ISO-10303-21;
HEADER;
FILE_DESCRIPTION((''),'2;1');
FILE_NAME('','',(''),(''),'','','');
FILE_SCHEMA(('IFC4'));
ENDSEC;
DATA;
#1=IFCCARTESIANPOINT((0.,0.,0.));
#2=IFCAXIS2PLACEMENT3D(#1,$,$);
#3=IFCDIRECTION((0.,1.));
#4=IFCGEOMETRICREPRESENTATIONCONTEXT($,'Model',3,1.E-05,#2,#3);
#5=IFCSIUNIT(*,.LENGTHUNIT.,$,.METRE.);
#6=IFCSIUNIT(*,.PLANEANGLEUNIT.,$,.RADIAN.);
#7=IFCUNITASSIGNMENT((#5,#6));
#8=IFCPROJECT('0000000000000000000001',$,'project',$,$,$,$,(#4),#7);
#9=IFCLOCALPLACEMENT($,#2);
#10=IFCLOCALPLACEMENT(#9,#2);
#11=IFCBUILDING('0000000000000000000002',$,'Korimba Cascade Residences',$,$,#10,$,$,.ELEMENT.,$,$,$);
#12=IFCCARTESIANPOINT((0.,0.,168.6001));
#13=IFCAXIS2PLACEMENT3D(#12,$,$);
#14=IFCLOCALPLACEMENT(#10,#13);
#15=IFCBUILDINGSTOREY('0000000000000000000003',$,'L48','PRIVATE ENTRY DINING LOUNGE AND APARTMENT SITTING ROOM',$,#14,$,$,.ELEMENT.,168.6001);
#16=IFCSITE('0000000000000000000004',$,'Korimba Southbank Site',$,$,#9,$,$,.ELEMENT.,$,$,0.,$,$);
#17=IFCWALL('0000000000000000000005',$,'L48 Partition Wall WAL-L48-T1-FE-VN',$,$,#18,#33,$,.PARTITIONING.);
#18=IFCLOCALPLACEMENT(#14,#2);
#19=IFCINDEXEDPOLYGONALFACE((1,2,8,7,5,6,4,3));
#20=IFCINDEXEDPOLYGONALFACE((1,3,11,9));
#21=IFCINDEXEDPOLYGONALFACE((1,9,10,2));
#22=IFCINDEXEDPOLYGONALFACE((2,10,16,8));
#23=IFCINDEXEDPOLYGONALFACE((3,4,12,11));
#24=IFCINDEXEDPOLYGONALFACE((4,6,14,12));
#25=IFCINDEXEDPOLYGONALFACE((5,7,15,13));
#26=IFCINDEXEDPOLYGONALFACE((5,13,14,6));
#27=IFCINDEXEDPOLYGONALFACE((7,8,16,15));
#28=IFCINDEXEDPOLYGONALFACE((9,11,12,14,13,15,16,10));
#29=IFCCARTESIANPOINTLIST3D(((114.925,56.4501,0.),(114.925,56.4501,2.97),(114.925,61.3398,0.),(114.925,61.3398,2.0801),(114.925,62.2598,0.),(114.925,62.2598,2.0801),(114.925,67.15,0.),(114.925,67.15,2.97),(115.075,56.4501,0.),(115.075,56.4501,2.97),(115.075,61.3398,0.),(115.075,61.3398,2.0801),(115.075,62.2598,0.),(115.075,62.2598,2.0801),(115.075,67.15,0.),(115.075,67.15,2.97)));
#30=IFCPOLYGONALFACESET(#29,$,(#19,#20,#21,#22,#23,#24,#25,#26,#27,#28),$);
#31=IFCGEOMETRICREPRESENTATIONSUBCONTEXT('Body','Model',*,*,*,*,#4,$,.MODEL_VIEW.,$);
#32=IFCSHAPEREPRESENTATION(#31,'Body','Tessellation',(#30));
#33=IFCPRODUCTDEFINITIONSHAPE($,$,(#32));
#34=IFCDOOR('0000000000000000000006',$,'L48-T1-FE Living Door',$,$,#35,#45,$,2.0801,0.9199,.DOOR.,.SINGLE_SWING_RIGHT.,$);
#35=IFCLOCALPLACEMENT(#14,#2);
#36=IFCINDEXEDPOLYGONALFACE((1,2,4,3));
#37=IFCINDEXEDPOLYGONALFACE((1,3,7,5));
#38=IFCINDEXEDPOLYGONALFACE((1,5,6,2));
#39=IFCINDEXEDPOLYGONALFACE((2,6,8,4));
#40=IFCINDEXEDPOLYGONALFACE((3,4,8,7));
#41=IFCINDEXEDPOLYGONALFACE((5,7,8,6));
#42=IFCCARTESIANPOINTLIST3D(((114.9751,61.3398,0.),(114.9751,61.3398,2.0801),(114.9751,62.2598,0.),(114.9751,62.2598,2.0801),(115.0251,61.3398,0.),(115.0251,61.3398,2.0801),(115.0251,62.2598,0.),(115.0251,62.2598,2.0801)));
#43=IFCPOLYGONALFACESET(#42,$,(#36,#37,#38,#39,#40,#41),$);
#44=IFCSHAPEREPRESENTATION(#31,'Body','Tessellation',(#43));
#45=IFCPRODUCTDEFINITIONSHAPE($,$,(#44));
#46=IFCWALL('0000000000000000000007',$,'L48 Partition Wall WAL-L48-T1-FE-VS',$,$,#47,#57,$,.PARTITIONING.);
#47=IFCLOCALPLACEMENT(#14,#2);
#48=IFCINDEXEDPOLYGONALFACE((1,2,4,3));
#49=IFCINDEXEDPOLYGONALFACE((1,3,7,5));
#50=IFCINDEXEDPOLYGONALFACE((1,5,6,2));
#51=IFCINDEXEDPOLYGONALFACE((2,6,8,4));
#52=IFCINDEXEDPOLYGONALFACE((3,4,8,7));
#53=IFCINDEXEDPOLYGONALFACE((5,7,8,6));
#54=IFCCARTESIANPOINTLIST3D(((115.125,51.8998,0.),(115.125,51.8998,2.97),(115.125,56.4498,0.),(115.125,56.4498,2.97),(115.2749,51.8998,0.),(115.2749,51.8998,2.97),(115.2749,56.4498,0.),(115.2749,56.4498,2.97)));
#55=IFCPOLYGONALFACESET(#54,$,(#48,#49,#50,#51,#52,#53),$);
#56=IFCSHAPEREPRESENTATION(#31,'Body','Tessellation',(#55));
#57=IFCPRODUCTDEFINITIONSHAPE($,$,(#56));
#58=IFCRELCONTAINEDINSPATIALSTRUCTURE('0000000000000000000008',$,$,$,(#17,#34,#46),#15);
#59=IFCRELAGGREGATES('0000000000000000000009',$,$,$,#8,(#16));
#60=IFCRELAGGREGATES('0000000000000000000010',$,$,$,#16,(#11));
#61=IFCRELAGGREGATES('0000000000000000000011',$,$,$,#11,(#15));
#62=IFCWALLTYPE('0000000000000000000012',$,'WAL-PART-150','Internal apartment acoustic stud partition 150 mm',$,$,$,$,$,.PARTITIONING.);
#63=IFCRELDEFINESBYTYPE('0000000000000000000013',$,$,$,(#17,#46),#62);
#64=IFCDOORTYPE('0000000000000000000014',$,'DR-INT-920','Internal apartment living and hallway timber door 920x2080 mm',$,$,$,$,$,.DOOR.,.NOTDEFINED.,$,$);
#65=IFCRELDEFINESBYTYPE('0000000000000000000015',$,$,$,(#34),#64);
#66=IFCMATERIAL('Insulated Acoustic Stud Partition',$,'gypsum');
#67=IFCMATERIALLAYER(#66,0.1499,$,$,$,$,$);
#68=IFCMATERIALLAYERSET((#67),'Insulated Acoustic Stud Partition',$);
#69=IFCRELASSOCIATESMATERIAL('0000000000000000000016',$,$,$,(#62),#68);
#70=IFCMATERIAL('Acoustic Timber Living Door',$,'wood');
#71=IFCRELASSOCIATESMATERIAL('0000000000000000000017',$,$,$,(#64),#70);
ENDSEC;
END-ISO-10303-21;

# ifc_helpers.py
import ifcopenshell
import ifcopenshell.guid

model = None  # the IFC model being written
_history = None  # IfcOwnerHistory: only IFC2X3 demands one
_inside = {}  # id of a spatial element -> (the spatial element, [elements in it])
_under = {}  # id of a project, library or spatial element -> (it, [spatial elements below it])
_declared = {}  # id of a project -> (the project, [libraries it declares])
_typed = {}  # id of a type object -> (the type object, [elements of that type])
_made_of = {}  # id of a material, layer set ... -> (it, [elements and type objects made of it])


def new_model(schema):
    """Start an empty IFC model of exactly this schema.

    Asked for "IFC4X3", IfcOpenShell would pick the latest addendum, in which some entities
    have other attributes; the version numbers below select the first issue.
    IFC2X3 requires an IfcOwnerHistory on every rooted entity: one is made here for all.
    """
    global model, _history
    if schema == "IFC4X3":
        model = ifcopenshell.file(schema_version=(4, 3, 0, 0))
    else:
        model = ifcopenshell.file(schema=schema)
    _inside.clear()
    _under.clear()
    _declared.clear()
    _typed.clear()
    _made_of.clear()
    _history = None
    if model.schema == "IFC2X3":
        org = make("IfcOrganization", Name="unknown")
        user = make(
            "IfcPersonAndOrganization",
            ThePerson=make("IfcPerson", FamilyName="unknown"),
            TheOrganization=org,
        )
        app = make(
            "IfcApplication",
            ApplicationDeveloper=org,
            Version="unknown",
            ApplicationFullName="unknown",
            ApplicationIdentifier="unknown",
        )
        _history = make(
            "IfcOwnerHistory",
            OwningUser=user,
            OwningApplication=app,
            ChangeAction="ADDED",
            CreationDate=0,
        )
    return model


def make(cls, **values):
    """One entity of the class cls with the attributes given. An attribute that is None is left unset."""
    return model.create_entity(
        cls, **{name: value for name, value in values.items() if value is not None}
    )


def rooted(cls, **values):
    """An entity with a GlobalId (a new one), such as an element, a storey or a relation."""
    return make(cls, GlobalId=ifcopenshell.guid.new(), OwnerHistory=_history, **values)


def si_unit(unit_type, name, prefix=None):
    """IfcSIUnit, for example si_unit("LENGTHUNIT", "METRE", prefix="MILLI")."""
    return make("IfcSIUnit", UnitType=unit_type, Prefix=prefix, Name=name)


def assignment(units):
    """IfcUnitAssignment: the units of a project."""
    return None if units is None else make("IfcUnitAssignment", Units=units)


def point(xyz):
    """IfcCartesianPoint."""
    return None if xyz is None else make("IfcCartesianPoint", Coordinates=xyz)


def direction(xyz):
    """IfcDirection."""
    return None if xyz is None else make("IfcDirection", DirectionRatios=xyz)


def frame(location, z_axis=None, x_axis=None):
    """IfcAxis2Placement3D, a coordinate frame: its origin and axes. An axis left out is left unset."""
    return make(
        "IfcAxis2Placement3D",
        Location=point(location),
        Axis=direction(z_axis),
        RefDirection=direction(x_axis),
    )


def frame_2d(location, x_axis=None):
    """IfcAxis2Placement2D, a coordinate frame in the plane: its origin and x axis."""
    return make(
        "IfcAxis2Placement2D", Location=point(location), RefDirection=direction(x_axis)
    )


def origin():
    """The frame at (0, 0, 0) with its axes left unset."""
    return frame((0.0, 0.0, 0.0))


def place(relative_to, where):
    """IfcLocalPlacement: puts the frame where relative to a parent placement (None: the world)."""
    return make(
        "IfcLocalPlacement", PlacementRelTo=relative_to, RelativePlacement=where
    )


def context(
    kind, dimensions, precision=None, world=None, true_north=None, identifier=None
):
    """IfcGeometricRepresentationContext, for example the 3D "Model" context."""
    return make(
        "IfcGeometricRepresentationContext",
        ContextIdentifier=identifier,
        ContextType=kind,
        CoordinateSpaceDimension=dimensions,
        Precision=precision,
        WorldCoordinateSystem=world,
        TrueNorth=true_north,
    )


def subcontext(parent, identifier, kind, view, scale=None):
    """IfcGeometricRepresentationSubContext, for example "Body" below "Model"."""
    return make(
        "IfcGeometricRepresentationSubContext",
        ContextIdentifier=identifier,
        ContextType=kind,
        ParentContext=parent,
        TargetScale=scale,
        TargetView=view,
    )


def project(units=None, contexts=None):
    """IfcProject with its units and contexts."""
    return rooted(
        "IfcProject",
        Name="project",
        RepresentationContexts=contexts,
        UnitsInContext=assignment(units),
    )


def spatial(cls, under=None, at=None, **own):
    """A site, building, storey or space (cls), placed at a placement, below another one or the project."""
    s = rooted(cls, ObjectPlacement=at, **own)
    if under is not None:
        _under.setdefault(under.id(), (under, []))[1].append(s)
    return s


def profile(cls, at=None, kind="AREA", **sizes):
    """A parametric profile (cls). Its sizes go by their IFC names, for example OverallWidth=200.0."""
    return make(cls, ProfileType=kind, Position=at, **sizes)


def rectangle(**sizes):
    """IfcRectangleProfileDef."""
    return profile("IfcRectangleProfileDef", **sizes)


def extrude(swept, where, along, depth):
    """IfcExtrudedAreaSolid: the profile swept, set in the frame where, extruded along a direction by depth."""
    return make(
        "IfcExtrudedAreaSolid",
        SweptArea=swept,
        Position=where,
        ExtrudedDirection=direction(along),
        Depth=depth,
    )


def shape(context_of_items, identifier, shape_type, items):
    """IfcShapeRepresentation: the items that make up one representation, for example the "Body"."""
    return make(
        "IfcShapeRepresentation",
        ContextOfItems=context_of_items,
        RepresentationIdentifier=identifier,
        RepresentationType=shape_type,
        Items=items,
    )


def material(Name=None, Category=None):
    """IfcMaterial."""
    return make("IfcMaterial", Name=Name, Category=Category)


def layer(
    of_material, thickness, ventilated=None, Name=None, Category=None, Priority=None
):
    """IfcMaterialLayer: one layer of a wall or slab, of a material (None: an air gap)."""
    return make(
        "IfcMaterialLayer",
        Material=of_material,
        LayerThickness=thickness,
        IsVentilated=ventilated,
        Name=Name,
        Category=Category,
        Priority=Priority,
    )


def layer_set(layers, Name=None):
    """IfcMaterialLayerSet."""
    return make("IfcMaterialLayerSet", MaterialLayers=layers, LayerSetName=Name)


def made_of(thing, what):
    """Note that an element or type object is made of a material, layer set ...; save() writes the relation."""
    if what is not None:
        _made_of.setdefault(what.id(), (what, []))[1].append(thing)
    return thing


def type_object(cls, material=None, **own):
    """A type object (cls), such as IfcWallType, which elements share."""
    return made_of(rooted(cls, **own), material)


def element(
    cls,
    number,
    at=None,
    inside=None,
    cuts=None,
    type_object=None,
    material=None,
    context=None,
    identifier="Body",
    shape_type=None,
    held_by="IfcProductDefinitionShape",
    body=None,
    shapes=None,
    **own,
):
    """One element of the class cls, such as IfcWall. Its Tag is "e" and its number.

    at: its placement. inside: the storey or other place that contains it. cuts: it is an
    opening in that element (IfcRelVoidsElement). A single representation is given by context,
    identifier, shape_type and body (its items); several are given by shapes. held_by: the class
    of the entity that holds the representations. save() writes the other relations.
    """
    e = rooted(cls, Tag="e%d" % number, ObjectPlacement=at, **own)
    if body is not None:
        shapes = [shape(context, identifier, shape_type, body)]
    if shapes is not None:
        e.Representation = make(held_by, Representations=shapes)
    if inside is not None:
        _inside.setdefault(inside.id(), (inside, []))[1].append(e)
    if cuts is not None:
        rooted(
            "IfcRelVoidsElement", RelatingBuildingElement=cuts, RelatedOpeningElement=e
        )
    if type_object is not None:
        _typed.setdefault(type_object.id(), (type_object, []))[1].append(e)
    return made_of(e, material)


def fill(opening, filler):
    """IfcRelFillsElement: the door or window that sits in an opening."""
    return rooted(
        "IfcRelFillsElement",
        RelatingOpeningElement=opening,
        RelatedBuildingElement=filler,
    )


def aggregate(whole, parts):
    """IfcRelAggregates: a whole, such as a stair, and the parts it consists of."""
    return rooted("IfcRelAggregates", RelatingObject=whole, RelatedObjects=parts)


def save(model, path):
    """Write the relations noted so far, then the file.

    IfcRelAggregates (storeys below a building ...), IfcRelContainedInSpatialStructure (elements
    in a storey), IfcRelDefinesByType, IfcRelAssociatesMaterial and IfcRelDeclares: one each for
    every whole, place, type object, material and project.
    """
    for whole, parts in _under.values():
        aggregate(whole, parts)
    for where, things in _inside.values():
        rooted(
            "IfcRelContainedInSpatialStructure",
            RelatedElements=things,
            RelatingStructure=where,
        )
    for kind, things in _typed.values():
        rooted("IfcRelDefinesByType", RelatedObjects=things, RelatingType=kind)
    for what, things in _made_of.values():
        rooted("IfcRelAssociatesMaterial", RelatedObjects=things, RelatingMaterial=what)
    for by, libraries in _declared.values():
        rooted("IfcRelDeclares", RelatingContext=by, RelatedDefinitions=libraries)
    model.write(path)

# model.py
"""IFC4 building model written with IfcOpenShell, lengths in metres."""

from ifc_helpers import new_model, si_unit, direction, frame, frame_2d, origin, place, context, subcontext, project, spatial, rectangle, extrude, material, layer, layer_set, type_object, element, fill, save


model = new_model("IFC4")

# Units and contexts
model_context = context("Model", 3, precision=1e-05, world=origin(), true_north=direction((0.0, 1.0)))
body_context = subcontext(model_context, "Body", "Model", "MODEL_VIEW")
ifc_project = project(units=[si_unit("LENGTHUNIT", "METRE"), si_unit("PLANEANGLEUNIT", "RADIAN")], contexts=[model_context])

# Site, building, storey
site_placement = place(None, origin())
site = spatial("IfcSite", under=ifc_project, at=site_placement, Name="Korimba Southbank Site", CompositionType="ELEMENT", RefElevation=0.0)
building_placement = place(site_placement, origin())
building = spatial("IfcBuilding", under=site, at=building_placement, Name="Korimba Cascade Residences", CompositionType="ELEMENT")
storey_placement = place(building_placement, frame((0.0, 0.0, 168.6001)))
storey = spatial("IfcBuildingStorey", under=building, at=storey_placement, Name="L48", Description="PRIVATE ENTRY DINING LOUNGE AND APARTMENT SITTING ROOM", CompositionType="ELEMENT", Elevation=168.6001)

# Wall, opening, door
ifc_material_1 = material(Name="Insulated Acoustic Stud Partition", Category="gypsum")
ifc_layer_1 = layer(ifc_material_1, 0.1499)
ifc_layer_set_1 = layer_set([ifc_layer_1], Name="Insulated Acoustic Stud Partition")
wall_type_1 = type_object("IfcWallType", Name="WAL-PART-150", Description="Internal apartment acoustic stud partition 150 mm", PredefinedType="PARTITIONING", material=ifc_layer_set_1)
wall_1_placement = place(storey_placement, frame((115.0, 56.45, 0.0), z_axis=(0.0, 0.0, 1.0), x_axis=(0.0, 1.0, 0.0)))
wall_1 = element("IfcWall", 1, at=wall_1_placement, inside=storey, type_object=wall_type_1, Name="L48 Partition Wall WAL-L48-T1-FE-VN", PredefinedType="PARTITIONING", context=body_context, shape_type="SweptSolid", body=[
    extrude(rectangle(XDim=10.7, YDim=0.1499, at=frame_2d((5.3501, 0.0))), origin(), (0.0, 0.0, 1.0), 2.97),
])
opening_1_placement = place(wall_1_placement, frame((4.8899, 0.0, 0.0)))
opening_1 = element("IfcOpeningElement", 2, at=opening_1_placement, cuts=wall_1, PredefinedType="OPENING", context=body_context, shape_type="SweptSolid", body=[
    extrude(rectangle(XDim=0.9199, YDim=2.0801, at=frame_2d((0.46, 1.04))), frame((0.0, 0.085, 0.0), z_axis=(0.0, -1.0, 0.0), x_axis=(1.0, 0.0, 0.0)), (0.0, 0.0, 1.0), 0.1699),
])
ifc_material_2 = material(Name="Acoustic Timber Living Door", Category="wood")
door_type_1 = type_object("IfcDoorType", Name="DR-INT-920", Description="Internal apartment living and hallway timber door 920x2080 mm", OperationType="NOTDEFINED", PredefinedType="DOOR", material=ifc_material_2)
door_1_placement = place(opening_1_placement, origin())
door_1 = element("IfcDoor", 3, at=door_1_placement, inside=storey, type_object=door_type_1, Name="L48-T1-FE Living Door", OperationType="SINGLE_SWING_RIGHT", OverallHeight=2.0801, OverallWidth=0.9199, PredefinedType="DOOR", context=body_context, shape_type="SweptSolid", body=[
    extrude(rectangle(XDim=0.9199, YDim=2.0801, at=frame_2d((0.46, 1.04))), frame((0.0, 0.0249, 0.0), z_axis=(0.0, -1.0, 0.0), x_axis=(1.0, 0.0, 0.0)), (0.0, 0.0, 1.0), 0.05),
])
fill(opening_1, door_1)

# Wall
wall_2_placement = place(storey_placement, frame((115.2, 51.8999, 0.0), z_axis=(0.0, 0.0, 1.0), x_axis=(0.0, 1.0, 0.0)))
element("IfcWall", 4, at=wall_2_placement, inside=storey, type_object=wall_type_1, Name="L48 Partition Wall WAL-L48-T1-FE-VS", PredefinedType="PARTITIONING", context=body_context, shape_type="SweptSolid", body=[
    extrude(rectangle(XDim=4.55, YDim=0.1499, at=frame_2d((2.2749, 0.0))), origin(), (0.0, 0.0, 1.0), 2.97),
])

save(model, "model.ifc")
